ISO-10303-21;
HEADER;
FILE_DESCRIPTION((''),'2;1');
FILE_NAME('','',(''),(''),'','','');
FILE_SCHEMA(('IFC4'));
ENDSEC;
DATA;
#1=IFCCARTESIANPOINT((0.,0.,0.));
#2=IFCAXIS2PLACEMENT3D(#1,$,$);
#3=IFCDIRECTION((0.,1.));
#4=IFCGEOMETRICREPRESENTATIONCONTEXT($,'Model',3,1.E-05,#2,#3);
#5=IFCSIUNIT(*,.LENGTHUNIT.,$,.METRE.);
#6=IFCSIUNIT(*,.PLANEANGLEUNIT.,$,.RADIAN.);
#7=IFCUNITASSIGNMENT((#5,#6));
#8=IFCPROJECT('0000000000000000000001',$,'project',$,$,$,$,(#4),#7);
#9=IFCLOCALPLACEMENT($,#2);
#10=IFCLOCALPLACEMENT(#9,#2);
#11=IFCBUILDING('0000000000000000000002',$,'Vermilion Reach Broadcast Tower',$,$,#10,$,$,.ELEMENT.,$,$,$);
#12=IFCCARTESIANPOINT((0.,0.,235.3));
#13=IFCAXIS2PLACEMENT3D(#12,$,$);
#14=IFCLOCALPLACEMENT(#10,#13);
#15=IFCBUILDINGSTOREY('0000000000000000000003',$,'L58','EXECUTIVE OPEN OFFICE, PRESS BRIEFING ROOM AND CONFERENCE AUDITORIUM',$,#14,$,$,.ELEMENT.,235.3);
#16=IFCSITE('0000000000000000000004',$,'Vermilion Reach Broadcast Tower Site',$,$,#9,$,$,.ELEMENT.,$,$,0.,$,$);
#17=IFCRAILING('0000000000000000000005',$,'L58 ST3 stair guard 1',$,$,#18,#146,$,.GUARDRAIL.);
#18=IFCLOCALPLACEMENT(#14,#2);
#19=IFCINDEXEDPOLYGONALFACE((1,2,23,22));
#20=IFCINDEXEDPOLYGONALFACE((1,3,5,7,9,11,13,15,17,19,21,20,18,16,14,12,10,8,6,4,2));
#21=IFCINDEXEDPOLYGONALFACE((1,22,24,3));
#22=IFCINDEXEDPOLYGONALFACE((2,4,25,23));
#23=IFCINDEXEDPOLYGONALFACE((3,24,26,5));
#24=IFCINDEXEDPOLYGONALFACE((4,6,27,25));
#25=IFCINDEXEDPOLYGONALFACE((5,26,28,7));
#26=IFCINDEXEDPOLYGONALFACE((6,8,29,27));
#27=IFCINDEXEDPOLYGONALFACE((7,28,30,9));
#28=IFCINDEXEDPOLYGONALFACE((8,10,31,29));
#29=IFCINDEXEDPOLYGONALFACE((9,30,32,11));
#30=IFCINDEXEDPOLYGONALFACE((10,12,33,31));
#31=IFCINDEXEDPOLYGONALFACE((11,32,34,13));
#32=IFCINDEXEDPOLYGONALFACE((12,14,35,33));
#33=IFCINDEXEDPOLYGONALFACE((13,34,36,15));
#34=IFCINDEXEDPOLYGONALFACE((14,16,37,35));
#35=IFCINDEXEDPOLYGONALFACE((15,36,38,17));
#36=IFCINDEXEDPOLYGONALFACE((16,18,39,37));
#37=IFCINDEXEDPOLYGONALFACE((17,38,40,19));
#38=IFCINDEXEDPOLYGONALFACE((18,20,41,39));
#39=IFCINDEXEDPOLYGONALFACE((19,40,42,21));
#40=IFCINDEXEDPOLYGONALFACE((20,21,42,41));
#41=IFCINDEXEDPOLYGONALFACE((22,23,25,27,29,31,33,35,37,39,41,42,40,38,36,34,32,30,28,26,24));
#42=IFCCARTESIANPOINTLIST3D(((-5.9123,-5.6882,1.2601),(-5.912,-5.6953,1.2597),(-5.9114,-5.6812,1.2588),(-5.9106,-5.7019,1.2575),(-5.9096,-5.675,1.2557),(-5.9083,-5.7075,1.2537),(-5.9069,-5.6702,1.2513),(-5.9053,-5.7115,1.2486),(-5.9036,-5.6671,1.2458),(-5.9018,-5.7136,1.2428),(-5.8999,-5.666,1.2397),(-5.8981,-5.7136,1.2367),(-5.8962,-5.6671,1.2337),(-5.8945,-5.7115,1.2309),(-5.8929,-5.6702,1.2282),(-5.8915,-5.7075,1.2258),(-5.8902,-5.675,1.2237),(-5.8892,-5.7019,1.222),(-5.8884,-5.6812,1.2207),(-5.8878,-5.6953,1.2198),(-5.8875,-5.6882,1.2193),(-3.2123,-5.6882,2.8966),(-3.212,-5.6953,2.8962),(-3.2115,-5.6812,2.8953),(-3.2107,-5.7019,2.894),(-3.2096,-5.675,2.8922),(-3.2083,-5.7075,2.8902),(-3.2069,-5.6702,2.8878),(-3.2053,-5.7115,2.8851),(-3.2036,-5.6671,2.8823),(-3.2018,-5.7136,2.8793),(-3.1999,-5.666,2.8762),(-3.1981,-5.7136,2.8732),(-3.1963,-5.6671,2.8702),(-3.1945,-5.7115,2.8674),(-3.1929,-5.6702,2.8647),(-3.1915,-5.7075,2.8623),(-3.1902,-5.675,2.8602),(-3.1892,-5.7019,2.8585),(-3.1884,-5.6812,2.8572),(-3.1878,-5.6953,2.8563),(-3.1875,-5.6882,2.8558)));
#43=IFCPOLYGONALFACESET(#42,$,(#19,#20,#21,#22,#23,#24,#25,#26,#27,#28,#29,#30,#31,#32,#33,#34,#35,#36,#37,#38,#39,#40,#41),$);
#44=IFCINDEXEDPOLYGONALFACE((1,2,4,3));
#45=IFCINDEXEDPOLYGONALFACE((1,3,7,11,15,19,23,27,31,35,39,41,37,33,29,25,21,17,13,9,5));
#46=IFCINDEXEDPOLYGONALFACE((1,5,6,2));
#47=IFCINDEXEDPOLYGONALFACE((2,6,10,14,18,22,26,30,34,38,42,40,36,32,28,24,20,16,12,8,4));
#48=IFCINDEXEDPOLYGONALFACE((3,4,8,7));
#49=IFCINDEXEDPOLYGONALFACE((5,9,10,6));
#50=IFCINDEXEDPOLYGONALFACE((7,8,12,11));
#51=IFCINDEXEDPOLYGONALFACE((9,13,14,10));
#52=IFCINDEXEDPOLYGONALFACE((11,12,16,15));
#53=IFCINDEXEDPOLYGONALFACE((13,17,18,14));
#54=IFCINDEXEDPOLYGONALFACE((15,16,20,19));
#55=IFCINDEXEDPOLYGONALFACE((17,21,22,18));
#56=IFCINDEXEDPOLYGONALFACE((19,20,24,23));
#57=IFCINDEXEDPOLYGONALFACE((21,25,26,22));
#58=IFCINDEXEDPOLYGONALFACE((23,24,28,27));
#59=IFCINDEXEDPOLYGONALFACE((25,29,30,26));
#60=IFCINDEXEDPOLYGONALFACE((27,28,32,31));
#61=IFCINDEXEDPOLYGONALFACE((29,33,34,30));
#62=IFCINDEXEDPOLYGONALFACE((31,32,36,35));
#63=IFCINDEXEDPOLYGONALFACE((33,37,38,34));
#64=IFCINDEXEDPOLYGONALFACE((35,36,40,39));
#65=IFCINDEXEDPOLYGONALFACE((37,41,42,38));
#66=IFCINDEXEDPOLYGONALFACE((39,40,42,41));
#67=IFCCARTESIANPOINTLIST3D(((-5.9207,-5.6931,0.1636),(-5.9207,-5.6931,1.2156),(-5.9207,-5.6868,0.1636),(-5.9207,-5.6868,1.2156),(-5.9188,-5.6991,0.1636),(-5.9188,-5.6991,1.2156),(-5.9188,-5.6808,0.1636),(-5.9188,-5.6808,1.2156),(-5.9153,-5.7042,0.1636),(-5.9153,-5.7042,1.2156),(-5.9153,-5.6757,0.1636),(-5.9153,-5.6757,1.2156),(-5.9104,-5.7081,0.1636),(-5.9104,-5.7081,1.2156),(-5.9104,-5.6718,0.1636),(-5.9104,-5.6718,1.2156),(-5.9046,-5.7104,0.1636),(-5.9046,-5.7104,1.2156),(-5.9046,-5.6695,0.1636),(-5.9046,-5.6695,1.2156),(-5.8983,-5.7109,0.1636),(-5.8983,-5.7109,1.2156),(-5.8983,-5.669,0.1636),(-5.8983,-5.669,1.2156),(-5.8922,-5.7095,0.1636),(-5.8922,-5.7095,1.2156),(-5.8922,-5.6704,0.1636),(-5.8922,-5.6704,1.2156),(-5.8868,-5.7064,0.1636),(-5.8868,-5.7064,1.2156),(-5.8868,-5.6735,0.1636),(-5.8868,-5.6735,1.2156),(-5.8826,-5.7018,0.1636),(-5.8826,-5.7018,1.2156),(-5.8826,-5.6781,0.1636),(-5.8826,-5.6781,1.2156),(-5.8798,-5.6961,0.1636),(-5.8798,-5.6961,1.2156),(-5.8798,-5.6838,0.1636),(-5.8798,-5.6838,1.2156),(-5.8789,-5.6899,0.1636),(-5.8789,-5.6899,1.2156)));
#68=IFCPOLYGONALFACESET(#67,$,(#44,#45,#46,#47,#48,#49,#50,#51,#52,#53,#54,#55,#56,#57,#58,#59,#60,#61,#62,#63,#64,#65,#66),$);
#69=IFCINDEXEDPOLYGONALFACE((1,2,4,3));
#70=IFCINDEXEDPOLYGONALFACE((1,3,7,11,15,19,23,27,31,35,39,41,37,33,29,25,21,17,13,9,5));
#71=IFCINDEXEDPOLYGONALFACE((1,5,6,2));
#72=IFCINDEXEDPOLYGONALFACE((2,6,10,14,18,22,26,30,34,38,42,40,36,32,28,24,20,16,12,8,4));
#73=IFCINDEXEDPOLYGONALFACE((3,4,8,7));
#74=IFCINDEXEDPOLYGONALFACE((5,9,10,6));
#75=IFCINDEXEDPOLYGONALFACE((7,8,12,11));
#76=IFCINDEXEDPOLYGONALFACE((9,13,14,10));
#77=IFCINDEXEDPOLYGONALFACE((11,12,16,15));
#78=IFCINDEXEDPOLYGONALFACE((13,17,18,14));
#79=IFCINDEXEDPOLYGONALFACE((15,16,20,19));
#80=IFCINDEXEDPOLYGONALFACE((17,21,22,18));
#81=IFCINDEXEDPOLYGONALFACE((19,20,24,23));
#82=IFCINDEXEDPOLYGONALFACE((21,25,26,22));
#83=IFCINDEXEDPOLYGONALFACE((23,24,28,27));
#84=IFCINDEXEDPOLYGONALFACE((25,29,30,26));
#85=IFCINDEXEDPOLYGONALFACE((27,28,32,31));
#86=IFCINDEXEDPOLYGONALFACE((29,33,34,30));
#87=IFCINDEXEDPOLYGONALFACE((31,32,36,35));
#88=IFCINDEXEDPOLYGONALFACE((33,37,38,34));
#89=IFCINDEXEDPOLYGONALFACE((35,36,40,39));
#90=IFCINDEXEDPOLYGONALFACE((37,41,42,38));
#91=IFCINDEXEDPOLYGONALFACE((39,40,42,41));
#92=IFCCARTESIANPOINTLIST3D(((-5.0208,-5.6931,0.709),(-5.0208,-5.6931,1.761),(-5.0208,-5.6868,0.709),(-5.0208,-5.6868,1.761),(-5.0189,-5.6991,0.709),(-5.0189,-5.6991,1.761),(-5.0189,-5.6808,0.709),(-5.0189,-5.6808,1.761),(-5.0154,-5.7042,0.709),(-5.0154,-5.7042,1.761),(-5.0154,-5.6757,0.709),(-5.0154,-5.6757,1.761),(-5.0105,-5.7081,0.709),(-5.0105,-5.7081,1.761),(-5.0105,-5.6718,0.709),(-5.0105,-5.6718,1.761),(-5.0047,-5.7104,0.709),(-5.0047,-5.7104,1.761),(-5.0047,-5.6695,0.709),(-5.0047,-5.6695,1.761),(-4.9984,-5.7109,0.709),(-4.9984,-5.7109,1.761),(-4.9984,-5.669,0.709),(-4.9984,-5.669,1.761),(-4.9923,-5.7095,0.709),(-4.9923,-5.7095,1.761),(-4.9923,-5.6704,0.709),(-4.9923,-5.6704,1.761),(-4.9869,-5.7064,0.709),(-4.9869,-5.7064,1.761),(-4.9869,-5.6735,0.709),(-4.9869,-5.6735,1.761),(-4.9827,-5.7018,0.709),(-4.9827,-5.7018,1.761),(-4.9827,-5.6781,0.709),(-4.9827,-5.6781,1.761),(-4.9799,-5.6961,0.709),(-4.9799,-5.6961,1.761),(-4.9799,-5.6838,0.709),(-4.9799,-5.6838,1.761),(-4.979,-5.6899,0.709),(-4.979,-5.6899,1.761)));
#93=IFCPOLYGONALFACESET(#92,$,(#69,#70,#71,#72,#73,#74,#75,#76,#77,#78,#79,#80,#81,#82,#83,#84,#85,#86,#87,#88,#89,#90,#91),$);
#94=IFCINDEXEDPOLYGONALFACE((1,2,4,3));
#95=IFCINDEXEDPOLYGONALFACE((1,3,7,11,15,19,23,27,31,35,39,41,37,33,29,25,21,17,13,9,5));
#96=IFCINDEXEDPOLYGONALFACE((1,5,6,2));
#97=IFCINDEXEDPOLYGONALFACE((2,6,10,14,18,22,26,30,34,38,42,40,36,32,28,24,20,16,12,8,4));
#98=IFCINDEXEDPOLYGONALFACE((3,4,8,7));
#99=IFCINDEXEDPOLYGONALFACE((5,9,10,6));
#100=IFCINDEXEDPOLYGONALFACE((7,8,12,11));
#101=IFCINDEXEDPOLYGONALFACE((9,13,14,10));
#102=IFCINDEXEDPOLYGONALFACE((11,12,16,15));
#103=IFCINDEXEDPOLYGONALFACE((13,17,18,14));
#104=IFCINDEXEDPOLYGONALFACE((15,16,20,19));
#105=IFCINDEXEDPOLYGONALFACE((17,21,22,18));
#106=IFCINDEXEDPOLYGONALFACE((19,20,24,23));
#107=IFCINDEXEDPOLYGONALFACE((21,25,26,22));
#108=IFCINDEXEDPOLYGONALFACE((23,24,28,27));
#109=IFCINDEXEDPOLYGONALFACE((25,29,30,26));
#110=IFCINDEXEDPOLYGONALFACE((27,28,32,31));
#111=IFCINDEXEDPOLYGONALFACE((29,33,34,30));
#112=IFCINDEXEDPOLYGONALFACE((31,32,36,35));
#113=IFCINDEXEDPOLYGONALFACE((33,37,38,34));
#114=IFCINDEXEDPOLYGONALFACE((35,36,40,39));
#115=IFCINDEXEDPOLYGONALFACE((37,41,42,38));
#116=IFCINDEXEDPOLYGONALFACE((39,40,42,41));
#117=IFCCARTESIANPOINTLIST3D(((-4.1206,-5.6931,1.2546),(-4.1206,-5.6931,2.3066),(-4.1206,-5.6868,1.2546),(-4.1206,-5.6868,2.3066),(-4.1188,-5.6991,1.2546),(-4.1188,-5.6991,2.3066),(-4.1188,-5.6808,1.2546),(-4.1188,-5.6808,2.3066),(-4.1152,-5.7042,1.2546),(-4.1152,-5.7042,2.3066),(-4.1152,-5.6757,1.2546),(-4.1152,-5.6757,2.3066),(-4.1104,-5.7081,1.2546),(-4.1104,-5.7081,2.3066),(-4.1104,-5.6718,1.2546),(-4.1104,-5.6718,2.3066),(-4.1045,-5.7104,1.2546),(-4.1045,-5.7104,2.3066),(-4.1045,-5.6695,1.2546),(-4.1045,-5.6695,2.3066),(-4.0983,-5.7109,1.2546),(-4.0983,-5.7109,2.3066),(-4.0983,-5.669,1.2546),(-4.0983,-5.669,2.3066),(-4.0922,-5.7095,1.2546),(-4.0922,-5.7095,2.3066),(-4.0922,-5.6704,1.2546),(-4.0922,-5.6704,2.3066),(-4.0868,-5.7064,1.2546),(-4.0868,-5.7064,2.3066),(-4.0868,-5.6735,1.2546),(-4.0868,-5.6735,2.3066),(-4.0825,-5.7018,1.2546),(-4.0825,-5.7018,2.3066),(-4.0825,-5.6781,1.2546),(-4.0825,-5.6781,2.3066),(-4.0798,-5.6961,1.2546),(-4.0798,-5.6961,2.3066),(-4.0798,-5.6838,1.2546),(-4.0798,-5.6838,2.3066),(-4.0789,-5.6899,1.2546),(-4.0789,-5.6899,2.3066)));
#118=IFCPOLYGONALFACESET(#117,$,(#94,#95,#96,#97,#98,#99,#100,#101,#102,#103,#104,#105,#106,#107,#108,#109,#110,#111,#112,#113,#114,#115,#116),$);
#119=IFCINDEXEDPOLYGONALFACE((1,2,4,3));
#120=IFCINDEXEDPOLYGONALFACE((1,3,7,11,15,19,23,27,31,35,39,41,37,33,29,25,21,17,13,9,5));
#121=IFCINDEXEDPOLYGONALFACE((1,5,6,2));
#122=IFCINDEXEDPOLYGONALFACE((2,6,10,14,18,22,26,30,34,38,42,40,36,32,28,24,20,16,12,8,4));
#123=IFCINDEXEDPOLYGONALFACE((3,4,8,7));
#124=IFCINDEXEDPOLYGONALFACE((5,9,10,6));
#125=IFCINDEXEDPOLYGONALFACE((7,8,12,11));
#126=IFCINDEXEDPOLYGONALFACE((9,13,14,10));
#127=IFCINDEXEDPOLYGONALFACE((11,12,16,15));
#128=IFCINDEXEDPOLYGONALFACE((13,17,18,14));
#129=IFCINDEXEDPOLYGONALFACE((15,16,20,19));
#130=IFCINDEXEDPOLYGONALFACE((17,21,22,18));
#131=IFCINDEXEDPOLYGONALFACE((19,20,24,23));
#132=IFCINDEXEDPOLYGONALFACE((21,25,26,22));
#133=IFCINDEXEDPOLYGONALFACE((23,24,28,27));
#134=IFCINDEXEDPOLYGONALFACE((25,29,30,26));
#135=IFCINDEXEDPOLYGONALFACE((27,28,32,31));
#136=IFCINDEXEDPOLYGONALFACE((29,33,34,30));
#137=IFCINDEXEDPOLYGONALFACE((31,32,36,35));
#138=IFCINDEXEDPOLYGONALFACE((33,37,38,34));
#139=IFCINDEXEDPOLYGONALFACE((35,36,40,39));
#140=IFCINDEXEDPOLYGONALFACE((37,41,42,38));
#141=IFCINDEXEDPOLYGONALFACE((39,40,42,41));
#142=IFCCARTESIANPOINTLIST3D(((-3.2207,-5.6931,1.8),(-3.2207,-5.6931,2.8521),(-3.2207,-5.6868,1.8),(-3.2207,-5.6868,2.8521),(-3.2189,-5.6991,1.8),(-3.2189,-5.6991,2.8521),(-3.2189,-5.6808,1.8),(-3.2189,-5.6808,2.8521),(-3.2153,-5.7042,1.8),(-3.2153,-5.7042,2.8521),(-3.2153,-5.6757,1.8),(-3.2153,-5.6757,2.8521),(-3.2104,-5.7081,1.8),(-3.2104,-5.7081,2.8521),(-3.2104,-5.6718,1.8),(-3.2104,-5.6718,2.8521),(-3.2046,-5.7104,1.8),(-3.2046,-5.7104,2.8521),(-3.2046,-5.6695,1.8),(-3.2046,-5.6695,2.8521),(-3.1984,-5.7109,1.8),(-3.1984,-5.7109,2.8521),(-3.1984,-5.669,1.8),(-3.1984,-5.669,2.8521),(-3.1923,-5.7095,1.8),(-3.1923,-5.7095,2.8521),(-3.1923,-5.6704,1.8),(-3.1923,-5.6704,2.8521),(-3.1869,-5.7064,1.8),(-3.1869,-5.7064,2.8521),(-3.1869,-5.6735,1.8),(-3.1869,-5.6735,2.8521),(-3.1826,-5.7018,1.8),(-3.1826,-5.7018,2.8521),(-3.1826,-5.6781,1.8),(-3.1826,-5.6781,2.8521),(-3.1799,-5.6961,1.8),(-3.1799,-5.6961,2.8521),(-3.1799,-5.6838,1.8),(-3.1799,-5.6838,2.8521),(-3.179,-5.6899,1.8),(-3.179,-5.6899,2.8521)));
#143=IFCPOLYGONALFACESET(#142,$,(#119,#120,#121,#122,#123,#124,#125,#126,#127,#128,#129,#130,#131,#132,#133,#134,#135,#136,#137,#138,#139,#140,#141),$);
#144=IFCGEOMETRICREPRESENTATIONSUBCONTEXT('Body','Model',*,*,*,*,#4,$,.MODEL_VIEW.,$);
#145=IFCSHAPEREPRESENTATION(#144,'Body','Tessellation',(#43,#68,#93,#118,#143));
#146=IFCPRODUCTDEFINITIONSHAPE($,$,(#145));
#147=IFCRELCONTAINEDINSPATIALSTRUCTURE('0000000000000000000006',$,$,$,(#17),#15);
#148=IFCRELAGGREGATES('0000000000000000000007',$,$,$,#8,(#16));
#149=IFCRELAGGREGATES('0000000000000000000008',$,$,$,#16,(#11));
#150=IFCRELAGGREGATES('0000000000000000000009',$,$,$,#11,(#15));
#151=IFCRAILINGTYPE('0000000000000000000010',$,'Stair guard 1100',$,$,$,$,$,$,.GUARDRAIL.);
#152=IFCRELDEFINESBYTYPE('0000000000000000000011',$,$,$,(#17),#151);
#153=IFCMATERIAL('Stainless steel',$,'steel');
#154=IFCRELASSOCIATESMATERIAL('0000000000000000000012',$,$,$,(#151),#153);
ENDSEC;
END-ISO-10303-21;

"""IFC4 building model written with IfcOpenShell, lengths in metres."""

from ifc_helpers import new_model, si_unit, direction, frame, origin, origin_2d, place, context, subcontext, project, spatial, circle, extrude, material, type_object, element, save


model = new_model("IFC4")

# Units and contexts
model_context = context("Model", 3, precision=1e-05, world=origin(), true_north=direction((0.0, 1.0)))
body_context = subcontext(model_context, "Body", "Model", "MODEL_VIEW")
ifc_project = project(units=[si_unit("LENGTHUNIT", "METRE"), si_unit("PLANEANGLEUNIT", "RADIAN")], contexts=[model_context])

# Site, building, storey
site_placement = place(None, origin())
site = spatial("IfcSite", under=ifc_project, at=site_placement, Name="Vermilion Reach Broadcast Tower Site", CompositionType="ELEMENT", RefElevation=0.0)
building_placement = place(site_placement, origin())
building = spatial("IfcBuilding", under=site, at=building_placement, Name="Vermilion Reach Broadcast Tower", CompositionType="ELEMENT")
storey_placement = place(building_placement, frame((0.0, 0.0, 235.3)))
storey = spatial("IfcBuildingStorey", under=building, at=storey_placement, Name="L58", Description="EXECUTIVE OPEN OFFICE, PRESS BRIEFING ROOM AND CONFERENCE AUDITORIUM", CompositionType="ELEMENT", Elevation=235.3)

# Railing
ifc_material_1 = material(Name="Stainless steel", Category="steel")
railing_type_1 = type_object("IfcRailingType", Name="Stair guard 1100", PredefinedType="GUARDRAIL", material=ifc_material_1)
railing_1_placement = place(storey_placement, frame((-5.8999, -5.6899, 0.1636)))
element("IfcRailing", 1, at=railing_1_placement, inside=storey, type_object=railing_type_1, Name="L58 ST3 stair guard 1", PredefinedType="GUARDRAIL", context=body_context, shape_type="SweptSolid", body=[
    extrude(circle(Radius=0.0239, at=origin_2d()), frame((0.0, 0.0, 1.0762), z_axis=(0.855178, 0.0, 0.518334), x_axis=(0.0, 1.0, 0.0)), (0.0, 0.0, 1.0), 3.1572),
    extrude(circle(Radius=0.021, at=origin_2d()), origin(), (0.0, 0.0, 1.0), 1.052),
    extrude(circle(Radius=0.021, at=origin_2d()), frame((0.8999, 0.0, 0.5454)), (0.0, 0.0, 1.0), 1.052),
    extrude(circle(Radius=0.021, at=origin_2d()), frame((1.8, 0.0, 1.0911)), (0.0, 0.0, 1.0), 1.052),
    extrude(circle(Radius=0.021, at=origin_2d()), frame((2.7, 0.0, 1.6365)), (0.0, 0.0, 1.0), 1.052),
])

save(model, "model.ifc")
